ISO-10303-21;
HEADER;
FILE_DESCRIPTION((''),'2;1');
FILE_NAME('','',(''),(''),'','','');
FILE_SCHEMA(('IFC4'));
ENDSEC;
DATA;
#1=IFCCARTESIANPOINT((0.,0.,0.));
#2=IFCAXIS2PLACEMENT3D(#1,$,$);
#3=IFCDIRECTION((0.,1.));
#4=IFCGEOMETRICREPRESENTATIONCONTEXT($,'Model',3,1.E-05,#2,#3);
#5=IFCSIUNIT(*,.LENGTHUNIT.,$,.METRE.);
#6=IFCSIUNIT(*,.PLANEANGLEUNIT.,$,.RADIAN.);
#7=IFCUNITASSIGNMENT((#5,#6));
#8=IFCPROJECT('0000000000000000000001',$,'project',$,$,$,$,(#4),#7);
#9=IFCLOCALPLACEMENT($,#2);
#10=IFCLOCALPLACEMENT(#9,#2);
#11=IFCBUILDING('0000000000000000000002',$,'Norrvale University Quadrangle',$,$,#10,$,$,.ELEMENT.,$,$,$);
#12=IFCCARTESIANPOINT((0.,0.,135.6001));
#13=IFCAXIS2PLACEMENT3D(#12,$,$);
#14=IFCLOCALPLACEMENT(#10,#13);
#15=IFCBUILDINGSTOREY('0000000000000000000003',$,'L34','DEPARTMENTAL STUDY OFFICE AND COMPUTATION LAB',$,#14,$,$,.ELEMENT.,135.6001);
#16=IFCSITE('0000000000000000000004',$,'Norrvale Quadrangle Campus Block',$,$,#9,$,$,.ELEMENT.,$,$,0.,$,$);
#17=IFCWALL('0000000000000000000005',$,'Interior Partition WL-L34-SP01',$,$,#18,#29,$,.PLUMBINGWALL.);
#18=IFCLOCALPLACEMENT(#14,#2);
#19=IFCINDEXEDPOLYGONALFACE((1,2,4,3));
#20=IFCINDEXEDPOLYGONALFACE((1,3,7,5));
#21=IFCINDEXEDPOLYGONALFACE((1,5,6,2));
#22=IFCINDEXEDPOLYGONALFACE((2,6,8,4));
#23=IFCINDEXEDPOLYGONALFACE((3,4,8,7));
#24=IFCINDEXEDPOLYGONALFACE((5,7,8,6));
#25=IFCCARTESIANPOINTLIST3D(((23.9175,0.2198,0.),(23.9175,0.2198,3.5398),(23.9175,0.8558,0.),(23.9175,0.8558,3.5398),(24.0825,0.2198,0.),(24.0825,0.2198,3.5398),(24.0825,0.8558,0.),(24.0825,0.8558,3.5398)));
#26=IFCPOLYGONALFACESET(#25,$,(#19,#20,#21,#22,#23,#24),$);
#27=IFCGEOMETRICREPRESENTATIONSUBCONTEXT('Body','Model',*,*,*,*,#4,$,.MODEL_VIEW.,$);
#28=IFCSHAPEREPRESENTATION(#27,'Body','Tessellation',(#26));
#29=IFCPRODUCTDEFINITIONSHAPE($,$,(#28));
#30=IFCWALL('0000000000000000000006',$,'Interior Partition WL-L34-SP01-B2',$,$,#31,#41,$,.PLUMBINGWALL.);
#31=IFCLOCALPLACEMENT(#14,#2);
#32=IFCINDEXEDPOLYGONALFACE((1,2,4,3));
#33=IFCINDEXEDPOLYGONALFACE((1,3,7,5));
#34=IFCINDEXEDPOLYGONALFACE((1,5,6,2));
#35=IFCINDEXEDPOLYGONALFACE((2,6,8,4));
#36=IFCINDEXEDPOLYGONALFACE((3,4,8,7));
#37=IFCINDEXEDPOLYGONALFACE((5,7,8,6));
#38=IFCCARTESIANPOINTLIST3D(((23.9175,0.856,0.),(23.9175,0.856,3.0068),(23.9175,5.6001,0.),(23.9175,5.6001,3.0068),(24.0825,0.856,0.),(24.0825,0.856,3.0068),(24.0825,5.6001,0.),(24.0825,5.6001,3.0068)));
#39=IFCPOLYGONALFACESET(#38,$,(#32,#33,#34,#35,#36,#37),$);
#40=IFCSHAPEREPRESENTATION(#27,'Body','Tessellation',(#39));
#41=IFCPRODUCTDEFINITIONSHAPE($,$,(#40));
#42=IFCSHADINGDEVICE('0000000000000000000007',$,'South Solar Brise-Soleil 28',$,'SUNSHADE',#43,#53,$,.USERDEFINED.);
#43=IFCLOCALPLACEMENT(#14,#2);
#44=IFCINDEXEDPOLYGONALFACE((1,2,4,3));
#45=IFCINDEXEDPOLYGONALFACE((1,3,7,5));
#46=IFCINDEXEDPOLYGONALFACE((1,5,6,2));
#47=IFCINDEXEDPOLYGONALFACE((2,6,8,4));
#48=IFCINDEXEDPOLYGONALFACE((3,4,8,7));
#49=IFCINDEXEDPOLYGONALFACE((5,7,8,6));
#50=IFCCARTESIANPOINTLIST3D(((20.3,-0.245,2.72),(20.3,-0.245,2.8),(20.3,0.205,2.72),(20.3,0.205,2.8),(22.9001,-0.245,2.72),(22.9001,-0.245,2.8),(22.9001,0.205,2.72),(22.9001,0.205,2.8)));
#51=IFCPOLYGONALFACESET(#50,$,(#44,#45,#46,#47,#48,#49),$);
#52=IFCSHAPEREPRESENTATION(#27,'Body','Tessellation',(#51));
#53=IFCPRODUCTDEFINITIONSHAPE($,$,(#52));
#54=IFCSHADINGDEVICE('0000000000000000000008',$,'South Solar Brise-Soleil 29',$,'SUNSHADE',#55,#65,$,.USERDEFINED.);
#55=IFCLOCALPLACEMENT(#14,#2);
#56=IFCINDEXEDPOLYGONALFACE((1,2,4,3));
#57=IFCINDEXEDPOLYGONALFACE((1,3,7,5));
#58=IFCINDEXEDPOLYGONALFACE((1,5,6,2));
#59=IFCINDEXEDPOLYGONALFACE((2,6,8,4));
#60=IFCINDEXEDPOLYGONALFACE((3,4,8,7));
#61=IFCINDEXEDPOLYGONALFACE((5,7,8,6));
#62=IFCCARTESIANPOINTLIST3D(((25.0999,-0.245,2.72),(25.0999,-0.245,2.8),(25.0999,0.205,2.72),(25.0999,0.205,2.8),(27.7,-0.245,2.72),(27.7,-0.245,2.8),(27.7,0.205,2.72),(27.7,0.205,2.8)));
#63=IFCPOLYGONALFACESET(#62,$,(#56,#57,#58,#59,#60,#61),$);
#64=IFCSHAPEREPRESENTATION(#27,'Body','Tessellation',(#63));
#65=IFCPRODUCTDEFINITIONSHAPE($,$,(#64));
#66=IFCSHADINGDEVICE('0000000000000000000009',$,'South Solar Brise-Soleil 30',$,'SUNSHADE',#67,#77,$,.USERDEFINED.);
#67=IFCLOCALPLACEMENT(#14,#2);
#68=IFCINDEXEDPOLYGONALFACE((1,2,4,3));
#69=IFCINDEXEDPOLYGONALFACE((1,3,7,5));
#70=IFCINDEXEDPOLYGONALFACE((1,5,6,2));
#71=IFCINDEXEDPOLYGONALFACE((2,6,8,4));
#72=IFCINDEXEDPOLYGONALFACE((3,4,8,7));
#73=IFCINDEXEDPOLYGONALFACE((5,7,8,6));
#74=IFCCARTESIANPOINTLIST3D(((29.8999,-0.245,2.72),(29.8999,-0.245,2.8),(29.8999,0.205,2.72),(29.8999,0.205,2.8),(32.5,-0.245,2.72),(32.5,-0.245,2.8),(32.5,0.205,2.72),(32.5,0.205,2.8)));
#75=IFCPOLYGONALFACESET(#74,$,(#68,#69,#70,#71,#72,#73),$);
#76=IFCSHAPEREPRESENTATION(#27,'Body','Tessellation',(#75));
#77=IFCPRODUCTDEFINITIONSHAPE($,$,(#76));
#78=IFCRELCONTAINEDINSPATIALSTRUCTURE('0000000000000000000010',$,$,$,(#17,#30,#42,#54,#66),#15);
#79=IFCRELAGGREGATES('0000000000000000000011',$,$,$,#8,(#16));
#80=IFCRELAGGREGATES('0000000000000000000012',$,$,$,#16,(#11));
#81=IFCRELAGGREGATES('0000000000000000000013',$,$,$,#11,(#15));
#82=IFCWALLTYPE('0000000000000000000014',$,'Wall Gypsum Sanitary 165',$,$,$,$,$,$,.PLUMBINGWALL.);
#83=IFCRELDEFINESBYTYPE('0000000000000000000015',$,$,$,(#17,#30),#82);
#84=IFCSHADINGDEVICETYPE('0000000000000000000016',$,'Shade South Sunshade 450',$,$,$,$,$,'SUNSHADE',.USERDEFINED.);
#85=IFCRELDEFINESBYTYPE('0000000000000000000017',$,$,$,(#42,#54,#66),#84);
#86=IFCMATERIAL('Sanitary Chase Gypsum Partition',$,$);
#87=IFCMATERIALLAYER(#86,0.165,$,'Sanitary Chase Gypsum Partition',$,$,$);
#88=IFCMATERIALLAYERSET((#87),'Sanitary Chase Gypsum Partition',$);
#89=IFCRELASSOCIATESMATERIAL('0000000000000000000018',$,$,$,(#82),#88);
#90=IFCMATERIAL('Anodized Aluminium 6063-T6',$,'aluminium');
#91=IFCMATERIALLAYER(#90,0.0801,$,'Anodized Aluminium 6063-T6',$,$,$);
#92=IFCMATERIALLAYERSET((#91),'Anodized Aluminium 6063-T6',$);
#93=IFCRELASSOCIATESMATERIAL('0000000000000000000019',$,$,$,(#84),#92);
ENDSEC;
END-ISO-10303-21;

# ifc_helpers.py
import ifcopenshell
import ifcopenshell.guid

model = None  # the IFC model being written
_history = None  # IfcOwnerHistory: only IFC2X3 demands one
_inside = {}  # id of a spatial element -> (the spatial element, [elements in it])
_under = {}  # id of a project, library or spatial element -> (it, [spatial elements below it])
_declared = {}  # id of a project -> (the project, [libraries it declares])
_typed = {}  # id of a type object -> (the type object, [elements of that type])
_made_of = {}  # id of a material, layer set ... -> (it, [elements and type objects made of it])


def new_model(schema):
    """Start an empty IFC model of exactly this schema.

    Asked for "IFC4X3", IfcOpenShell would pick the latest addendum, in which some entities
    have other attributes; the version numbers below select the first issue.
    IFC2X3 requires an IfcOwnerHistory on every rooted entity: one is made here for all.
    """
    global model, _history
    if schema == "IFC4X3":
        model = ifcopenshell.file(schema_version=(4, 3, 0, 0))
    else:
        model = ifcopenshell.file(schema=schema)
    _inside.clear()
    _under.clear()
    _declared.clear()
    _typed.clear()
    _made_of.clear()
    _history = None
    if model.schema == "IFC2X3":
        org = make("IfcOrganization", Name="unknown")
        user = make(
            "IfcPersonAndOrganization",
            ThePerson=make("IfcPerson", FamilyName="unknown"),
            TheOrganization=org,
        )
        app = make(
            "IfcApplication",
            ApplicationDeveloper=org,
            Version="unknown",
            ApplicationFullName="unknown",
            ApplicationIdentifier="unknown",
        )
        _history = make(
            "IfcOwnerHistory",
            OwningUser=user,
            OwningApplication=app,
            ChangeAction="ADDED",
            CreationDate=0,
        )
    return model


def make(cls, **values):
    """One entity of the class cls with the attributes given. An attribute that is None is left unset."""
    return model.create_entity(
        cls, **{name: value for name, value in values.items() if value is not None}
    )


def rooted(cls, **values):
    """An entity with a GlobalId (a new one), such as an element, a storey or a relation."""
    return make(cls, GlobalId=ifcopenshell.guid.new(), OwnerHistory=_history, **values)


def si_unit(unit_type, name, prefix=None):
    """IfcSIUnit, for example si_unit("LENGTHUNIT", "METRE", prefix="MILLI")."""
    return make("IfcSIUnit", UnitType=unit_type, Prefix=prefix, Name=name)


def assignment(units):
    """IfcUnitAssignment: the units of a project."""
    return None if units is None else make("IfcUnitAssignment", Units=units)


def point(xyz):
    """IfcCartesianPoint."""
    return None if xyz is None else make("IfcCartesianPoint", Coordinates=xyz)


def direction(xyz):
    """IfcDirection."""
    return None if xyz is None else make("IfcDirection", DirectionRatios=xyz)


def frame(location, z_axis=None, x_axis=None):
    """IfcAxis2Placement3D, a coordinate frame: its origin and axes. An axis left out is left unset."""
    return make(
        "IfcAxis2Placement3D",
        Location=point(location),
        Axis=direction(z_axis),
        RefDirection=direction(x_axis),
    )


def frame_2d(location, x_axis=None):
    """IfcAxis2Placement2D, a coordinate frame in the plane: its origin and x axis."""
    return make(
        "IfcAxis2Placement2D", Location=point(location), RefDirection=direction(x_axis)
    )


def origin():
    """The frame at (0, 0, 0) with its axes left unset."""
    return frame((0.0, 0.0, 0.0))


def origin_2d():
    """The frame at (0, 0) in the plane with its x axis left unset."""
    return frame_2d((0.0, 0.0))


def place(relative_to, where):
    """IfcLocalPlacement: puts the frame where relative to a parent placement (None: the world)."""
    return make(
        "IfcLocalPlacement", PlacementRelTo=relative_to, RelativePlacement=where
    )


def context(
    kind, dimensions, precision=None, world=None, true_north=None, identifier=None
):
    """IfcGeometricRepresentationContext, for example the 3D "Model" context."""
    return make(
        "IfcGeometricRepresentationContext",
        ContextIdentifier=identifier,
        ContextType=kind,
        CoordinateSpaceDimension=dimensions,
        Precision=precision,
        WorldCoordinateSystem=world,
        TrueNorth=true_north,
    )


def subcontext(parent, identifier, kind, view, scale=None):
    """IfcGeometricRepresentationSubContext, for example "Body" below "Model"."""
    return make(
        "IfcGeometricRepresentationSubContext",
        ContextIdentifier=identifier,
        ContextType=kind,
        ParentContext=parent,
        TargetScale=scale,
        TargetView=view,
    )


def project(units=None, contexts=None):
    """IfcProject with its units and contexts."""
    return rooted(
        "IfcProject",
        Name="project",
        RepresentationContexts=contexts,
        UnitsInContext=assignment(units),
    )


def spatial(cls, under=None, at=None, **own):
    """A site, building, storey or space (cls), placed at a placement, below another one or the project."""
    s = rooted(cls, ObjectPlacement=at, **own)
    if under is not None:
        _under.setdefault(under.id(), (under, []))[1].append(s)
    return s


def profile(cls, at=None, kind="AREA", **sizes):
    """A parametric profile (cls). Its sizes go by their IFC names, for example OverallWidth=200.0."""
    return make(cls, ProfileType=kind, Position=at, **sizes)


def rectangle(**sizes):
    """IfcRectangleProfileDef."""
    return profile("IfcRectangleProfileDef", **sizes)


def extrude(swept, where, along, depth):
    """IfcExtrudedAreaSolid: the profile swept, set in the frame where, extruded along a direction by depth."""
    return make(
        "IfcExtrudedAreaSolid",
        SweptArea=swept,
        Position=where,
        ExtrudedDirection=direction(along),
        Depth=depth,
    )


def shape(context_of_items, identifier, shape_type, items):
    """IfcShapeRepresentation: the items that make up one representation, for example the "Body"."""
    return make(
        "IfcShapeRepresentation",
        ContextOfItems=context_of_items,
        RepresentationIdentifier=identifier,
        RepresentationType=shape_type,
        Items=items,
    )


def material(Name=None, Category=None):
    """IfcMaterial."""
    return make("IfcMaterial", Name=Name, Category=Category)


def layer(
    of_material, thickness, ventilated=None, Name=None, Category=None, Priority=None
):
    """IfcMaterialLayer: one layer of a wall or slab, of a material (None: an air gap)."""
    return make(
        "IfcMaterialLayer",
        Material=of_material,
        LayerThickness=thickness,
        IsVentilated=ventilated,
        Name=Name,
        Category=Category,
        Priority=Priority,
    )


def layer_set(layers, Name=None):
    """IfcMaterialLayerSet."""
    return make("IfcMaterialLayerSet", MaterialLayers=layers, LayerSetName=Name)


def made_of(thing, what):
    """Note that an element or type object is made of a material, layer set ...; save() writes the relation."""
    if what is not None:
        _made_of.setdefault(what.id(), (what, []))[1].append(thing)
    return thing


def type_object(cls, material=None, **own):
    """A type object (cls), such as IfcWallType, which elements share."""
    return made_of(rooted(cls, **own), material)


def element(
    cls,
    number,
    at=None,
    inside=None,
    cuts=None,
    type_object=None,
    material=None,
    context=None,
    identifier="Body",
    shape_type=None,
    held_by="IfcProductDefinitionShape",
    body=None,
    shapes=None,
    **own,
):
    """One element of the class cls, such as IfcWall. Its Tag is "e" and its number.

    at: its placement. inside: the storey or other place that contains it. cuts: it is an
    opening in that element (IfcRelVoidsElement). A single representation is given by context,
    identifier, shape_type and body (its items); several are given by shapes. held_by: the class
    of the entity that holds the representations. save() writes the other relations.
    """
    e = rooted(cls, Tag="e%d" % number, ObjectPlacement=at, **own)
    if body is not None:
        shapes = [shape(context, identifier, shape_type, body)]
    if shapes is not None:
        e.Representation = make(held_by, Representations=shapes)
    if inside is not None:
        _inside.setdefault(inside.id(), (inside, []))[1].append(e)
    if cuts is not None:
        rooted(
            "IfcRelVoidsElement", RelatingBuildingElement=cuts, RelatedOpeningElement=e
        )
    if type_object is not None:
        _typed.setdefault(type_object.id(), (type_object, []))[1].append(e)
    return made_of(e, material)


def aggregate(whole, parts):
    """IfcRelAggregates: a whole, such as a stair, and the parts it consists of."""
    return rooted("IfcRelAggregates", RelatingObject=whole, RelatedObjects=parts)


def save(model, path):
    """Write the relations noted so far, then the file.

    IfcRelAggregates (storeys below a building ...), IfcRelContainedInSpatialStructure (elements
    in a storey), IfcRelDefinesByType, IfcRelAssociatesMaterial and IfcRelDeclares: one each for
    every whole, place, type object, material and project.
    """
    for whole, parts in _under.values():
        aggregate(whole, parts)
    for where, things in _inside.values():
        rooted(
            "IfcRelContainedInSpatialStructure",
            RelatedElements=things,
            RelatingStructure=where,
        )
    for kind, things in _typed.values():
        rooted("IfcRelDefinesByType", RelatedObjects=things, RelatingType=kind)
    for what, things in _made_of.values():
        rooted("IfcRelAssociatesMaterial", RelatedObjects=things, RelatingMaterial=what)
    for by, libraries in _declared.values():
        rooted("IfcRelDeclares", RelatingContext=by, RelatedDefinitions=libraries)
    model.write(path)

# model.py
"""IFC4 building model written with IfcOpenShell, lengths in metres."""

from ifc_helpers import new_model, si_unit, direction, frame, frame_2d, origin, origin_2d, place, context, subcontext, project, spatial, rectangle, extrude, material, layer, layer_set, type_object, element, save


model = new_model("IFC4")

# Units and contexts
model_context = context("Model", 3, precision=1e-05, world=origin(), true_north=direction((0.0, 1.0)))
body_context = subcontext(model_context, "Body", "Model", "MODEL_VIEW")
ifc_project = project(units=[si_unit("LENGTHUNIT", "METRE"), si_unit("PLANEANGLEUNIT", "RADIAN")], contexts=[model_context])

# Site, building, storey
site_placement = place(None, origin())
site = spatial("IfcSite", under=ifc_project, at=site_placement, Name="Norrvale Quadrangle Campus Block", CompositionType="ELEMENT", RefElevation=0.0)
building_placement = place(site_placement, origin())
building = spatial("IfcBuilding", under=site, at=building_placement, Name="Norrvale University Quadrangle", CompositionType="ELEMENT")
storey_placement = place(building_placement, frame((0.0, 0.0, 135.6001)))
storey = spatial("IfcBuildingStorey", under=building, at=storey_placement, Name="L34", Description="DEPARTMENTAL STUDY OFFICE AND COMPUTATION LAB", CompositionType="ELEMENT", Elevation=135.6001)

# Walls
ifc_material_1 = material(Name="Sanitary Chase Gypsum Partition")
ifc_layer_1 = layer(ifc_material_1, 0.165, Name="Sanitary Chase Gypsum Partition")
ifc_layer_set_1 = layer_set([ifc_layer_1], Name="Sanitary Chase Gypsum Partition")
wall_type_1 = type_object("IfcWallType", Name="Wall Gypsum Sanitary 165", PredefinedType="PLUMBINGWALL", material=ifc_layer_set_1)
wall_1_placement = place(storey_placement, frame((24.0, 0.22, 0.0), z_axis=(0.0, 0.0, 1.0), x_axis=(0.0, 1.0, 0.0)))
element("IfcWall", 1, at=wall_1_placement, inside=storey, type_object=wall_type_1, Name="Interior Partition WL-L34-SP01", PredefinedType="PLUMBINGWALL", context=body_context, shape_type="SweptSolid", body=[
    extrude(rectangle(XDim=0.636, YDim=0.165, at=frame_2d((0.3179, 0.0))), origin(), (0.0, 0.0, 1.0), 3.5398),
])
wall_2_placement = place(storey_placement, frame((24.0, 0.856, 0.0), z_axis=(0.0, 0.0, 1.0), x_axis=(0.0, 1.0, 0.0)))
element("IfcWall", 2, at=wall_2_placement, inside=storey, type_object=wall_type_1, Name="Interior Partition WL-L34-SP01-B2", PredefinedType="PLUMBINGWALL", context=body_context, shape_type="SweptSolid", body=[
    extrude(rectangle(XDim=4.7441, YDim=0.165, at=frame_2d((2.3721, 0.0))), origin(), (0.0, 0.0, 1.0), 3.0068),
])

# Shading devices
ifc_material_2 = material(Name="Anodized Aluminium 6063-T6", Category="aluminium")
ifc_layer_2 = layer(ifc_material_2, 0.0801, Name="Anodized Aluminium 6063-T6")
ifc_layer_set_2 = layer_set([ifc_layer_2], Name="Anodized Aluminium 6063-T6")
shading_device_type = type_object("IfcShadingDeviceType", Name="Shade South Sunshade 450", ElementType="SUNSHADE", PredefinedType="USERDEFINED", material=ifc_layer_set_2)
for number, where, z_axis, x_axis, name in (
    (3, (21.6001, -0.02, 2.72), (0.0, 0.0, 1.0), (1.0, 0.0, 0.0), "South Solar Brise-Soleil 28"),
    (4, (26.3999, -0.02, 2.72), (0.0, 0.0, 1.0), (1.0, 0.0, 0.0), "South Solar Brise-Soleil 29"),
    (5, (31.2, -0.02, 2.72), (0.0, 0.0, 1.0), (1.0, 0.0, 0.0), "South Solar Brise-Soleil 30"),
):
    element("IfcShadingDevice", number, at=place(storey_placement, frame(where, z_axis=z_axis, x_axis=x_axis)), inside=storey, type_object=shading_device_type, Name=name, ObjectType="SUNSHADE", PredefinedType="USERDEFINED", context=body_context, shape_type="SweptSolid", body=[
        extrude(rectangle(XDim=2.6001, YDim=0.45, at=origin_2d()), origin(), (0.0, 0.0, 1.0), 0.0801),
    ])

save(model, "model.ifc")
